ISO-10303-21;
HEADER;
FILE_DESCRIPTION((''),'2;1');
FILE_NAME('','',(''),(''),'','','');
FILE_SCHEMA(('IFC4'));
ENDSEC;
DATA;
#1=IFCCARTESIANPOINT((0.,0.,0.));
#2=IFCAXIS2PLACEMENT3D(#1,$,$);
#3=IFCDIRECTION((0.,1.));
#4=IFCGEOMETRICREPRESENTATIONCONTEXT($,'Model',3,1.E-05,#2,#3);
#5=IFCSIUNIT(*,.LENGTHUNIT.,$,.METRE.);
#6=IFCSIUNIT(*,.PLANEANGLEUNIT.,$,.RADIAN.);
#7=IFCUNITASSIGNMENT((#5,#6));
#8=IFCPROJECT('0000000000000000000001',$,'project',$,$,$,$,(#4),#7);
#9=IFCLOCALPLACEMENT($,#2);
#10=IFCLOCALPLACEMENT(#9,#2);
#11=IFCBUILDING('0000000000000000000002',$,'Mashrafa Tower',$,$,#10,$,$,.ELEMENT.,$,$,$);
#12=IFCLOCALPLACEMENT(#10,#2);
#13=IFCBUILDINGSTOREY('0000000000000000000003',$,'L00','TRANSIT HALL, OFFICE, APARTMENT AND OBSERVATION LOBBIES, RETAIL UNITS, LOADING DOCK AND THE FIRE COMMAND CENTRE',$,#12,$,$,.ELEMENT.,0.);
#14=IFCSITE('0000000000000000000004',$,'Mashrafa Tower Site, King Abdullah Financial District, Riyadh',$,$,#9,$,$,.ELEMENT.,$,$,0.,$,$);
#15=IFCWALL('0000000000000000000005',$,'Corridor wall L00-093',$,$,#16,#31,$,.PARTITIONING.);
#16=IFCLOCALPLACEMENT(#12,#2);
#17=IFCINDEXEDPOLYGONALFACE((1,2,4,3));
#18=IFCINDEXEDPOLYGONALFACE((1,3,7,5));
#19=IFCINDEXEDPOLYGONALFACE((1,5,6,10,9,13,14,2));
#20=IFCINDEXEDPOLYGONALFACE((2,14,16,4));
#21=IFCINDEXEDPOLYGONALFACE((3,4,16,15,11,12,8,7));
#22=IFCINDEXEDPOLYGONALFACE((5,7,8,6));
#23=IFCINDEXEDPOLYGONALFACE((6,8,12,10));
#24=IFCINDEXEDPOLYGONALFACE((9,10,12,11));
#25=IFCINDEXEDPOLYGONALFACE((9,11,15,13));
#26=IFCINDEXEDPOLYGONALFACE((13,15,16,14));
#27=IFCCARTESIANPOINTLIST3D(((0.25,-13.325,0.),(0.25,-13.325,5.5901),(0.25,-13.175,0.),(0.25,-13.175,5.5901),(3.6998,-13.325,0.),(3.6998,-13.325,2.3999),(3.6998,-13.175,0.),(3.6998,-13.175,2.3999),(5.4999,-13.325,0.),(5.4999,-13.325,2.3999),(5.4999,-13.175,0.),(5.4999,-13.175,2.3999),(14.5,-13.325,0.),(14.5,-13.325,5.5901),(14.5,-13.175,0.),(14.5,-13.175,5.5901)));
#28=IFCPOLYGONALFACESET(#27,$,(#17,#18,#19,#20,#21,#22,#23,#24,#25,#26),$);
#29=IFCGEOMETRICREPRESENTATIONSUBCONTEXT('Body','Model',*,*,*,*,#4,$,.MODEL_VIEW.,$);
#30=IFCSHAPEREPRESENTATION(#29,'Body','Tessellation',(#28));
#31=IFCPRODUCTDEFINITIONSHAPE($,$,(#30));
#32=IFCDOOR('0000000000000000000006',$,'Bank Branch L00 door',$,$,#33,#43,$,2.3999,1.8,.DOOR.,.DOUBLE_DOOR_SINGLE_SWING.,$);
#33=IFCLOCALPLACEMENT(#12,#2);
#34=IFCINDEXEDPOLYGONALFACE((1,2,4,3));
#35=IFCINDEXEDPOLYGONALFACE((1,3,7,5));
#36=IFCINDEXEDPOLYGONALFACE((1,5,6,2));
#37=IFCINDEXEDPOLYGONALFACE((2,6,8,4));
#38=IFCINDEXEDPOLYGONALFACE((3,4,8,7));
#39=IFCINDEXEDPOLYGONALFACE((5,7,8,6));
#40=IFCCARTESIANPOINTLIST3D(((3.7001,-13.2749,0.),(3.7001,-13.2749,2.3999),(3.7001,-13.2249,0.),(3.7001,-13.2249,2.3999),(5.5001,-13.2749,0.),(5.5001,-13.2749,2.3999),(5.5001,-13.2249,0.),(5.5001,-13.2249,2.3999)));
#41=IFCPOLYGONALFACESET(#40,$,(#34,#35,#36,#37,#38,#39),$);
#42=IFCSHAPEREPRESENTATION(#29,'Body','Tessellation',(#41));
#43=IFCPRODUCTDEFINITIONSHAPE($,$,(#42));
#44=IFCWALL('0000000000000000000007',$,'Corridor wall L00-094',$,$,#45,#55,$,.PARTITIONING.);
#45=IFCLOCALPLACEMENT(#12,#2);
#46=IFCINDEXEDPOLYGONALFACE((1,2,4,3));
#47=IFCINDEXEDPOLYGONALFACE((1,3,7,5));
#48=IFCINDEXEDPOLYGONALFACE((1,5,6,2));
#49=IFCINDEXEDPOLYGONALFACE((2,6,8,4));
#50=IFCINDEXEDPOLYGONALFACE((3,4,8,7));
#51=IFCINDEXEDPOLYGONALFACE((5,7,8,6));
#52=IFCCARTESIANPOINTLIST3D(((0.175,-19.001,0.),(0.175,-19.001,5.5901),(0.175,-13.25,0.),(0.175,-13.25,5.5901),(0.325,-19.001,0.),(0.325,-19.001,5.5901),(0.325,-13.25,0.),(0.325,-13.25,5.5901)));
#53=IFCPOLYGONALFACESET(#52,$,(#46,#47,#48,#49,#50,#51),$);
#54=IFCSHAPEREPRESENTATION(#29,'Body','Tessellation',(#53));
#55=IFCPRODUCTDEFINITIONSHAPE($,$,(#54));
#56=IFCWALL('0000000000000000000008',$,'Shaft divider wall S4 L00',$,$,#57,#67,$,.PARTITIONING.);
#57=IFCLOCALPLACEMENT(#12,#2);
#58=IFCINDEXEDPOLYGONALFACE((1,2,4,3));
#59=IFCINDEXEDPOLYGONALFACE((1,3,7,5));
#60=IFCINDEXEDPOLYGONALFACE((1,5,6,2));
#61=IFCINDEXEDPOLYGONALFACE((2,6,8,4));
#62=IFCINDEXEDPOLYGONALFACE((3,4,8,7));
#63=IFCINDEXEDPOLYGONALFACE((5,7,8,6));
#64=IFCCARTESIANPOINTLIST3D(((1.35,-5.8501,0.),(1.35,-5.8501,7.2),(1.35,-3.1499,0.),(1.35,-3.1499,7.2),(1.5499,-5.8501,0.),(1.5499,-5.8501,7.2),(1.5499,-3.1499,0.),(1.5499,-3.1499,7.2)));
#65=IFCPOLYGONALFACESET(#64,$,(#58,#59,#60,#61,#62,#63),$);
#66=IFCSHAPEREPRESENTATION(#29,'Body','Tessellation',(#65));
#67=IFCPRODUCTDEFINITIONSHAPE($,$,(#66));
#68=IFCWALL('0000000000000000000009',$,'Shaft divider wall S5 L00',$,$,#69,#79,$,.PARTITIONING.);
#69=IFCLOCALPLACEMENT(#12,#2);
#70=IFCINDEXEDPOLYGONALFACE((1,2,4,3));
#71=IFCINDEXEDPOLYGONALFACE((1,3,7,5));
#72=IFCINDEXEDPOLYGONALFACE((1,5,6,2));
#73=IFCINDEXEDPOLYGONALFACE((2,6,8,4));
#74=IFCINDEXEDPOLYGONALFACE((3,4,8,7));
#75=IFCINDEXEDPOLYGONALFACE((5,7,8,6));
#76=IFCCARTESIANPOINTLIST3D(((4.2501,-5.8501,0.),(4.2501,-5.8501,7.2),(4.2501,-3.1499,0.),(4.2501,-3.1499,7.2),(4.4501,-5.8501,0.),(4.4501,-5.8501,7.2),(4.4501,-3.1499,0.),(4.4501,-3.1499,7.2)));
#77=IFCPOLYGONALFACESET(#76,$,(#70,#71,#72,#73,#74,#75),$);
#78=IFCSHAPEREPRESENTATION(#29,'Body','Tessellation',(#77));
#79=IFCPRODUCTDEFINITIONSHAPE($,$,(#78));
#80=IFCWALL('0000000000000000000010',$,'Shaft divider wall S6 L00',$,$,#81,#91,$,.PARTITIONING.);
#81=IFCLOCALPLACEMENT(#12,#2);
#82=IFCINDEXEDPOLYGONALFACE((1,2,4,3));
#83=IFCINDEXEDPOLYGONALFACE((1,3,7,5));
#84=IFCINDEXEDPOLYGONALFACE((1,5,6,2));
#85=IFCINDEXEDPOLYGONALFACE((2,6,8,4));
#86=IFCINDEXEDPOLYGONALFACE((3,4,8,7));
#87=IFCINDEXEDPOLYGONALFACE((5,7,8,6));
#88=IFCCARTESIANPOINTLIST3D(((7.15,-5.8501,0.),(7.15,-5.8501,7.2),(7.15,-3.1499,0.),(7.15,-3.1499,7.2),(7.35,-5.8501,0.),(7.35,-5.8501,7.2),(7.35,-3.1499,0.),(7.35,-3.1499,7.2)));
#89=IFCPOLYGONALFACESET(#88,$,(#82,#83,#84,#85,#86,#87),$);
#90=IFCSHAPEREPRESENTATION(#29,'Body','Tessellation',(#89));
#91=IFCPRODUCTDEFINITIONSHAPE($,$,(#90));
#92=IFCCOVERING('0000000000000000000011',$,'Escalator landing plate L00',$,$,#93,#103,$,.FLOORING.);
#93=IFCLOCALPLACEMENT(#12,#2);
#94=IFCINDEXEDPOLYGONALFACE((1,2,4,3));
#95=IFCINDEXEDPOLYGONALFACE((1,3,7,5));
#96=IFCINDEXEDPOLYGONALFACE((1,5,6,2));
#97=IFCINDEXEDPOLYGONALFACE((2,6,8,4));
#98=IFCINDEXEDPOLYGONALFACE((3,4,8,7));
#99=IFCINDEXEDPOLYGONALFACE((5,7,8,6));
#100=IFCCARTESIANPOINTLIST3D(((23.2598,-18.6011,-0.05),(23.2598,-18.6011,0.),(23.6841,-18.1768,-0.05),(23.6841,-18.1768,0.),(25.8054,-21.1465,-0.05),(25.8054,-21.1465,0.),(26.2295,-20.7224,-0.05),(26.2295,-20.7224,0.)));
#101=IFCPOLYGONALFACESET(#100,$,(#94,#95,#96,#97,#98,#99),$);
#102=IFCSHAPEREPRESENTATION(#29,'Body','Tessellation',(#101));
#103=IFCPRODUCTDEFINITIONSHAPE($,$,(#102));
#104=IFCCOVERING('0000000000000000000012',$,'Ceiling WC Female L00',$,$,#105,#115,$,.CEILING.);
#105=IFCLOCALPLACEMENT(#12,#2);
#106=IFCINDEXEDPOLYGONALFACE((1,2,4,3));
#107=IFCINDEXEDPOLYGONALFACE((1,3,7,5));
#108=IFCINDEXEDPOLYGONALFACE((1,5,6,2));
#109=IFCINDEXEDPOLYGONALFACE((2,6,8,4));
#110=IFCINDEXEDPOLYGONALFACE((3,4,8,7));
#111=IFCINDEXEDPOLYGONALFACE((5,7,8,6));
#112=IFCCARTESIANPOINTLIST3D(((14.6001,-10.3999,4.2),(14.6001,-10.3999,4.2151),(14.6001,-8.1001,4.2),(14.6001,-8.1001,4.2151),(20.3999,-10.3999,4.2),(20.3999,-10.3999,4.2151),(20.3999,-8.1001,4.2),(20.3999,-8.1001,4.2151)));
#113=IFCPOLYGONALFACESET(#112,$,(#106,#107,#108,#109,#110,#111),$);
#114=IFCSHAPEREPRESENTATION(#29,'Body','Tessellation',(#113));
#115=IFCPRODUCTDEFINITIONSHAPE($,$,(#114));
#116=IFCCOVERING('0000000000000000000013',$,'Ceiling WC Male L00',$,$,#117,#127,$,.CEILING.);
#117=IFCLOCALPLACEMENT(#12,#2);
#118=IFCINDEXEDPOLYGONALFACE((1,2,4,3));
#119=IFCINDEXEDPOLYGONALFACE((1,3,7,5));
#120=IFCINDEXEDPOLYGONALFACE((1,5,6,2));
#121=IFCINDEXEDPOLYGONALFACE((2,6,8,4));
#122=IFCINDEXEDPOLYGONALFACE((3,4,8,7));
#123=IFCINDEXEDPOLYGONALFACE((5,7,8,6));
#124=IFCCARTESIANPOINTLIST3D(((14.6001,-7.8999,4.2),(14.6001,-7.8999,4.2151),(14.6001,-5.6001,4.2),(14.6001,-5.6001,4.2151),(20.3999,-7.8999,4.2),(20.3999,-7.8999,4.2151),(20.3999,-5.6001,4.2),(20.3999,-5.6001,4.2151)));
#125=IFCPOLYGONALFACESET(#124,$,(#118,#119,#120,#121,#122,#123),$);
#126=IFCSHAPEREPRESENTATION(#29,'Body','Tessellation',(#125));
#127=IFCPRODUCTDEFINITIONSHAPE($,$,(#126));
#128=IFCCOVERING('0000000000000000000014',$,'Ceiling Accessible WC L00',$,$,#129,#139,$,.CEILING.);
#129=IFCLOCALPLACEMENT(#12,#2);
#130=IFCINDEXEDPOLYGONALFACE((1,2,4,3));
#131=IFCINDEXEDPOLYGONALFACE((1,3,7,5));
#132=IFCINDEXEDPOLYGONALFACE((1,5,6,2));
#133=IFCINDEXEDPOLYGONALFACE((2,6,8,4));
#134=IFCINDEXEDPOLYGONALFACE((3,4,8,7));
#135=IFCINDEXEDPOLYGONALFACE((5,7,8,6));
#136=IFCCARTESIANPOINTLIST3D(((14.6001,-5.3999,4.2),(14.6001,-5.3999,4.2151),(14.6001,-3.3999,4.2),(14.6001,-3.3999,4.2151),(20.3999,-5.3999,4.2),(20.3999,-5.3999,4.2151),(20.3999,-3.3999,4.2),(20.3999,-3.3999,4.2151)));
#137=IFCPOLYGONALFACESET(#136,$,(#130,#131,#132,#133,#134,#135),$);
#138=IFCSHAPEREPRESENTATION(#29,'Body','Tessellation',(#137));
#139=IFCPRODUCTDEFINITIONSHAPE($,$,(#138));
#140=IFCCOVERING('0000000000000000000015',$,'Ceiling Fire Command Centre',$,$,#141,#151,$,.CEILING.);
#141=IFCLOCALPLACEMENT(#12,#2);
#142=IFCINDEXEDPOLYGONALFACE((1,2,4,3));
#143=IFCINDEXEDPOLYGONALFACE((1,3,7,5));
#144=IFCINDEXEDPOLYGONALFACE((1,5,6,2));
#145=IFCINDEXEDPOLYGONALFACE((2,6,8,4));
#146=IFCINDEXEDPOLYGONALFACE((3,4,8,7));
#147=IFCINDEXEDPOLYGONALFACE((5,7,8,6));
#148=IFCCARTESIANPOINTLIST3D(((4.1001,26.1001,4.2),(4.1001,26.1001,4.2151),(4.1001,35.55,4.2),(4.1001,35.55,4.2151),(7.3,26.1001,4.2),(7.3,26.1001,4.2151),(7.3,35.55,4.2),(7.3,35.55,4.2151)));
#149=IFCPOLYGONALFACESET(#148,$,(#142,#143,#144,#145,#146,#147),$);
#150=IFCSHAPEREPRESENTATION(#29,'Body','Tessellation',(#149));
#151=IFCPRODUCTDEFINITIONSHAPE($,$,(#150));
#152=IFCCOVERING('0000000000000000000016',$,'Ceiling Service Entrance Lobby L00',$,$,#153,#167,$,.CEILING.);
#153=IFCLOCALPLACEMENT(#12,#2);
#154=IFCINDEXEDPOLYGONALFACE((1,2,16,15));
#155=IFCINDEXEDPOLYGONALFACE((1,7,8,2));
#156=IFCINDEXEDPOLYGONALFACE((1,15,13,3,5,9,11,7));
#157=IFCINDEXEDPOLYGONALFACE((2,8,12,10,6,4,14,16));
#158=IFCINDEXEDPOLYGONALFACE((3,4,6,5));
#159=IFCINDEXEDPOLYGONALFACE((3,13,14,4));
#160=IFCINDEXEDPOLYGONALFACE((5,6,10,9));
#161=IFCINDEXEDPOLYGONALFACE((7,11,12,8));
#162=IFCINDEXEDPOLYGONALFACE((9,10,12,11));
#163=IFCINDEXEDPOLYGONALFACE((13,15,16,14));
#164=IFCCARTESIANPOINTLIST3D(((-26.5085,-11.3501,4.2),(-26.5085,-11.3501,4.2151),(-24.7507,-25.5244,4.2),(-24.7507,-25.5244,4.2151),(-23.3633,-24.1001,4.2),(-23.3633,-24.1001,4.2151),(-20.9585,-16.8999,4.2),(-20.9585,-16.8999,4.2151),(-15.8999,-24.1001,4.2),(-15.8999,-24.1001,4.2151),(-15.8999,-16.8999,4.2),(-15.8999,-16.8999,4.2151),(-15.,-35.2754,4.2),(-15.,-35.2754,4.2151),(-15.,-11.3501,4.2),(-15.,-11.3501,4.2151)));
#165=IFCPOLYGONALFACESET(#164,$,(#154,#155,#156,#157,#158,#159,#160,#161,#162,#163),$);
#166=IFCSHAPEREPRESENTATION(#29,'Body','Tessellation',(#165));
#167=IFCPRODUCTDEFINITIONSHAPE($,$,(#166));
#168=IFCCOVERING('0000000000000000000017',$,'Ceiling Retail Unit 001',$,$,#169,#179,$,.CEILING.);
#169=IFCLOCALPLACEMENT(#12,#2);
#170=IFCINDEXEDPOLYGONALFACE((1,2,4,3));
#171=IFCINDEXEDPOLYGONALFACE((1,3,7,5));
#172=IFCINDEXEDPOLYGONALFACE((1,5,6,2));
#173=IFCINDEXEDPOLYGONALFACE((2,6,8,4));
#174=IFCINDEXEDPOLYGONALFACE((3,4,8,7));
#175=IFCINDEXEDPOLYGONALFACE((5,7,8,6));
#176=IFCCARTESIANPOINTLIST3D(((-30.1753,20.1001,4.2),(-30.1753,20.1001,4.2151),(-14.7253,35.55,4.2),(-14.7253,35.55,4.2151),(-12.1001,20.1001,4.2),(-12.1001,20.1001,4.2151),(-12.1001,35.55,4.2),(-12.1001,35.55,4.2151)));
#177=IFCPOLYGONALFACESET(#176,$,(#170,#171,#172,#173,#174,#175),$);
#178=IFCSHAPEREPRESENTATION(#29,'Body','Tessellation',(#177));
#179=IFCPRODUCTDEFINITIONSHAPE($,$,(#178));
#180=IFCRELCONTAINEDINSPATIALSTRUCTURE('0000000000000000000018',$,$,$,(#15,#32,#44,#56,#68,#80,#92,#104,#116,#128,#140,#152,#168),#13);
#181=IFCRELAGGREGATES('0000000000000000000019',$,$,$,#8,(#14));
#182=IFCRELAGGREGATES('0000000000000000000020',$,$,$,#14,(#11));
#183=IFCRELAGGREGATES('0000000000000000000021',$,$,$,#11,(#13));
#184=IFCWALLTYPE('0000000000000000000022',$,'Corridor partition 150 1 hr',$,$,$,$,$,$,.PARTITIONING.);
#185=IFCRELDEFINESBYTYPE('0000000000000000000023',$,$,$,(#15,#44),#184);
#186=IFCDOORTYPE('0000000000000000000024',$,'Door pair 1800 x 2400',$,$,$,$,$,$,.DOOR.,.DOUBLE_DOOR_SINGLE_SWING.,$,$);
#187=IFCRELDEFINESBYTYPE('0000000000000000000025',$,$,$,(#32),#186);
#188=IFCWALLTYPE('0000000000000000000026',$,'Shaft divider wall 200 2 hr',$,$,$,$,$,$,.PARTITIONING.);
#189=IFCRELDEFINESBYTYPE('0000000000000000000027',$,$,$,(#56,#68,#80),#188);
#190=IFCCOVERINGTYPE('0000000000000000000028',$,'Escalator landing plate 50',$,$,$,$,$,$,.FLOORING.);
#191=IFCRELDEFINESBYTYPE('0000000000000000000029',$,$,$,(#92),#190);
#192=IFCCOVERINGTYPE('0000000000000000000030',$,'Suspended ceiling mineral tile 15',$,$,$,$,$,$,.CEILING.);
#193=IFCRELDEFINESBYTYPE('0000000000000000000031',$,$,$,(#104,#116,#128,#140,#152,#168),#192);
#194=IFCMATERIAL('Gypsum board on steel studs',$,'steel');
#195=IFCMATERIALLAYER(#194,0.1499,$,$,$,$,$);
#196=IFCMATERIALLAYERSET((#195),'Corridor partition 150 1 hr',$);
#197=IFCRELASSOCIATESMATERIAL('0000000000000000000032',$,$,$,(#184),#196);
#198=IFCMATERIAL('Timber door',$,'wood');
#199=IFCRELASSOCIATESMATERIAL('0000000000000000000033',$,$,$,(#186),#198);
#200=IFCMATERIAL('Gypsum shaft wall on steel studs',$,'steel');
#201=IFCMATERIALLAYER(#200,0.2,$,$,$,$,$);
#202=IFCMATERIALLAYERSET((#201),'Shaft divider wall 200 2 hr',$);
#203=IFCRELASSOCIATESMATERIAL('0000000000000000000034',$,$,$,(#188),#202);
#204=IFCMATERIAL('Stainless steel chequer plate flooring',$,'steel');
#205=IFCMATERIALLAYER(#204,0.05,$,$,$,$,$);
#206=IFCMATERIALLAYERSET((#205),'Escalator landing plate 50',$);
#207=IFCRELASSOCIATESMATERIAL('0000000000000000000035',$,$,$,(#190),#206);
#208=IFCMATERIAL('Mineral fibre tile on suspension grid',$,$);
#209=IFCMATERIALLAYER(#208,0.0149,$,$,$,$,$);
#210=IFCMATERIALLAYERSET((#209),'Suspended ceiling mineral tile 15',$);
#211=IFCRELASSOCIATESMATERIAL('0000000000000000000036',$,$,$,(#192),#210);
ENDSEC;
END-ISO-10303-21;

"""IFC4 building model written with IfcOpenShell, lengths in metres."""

from ifc_helpers import new_model, si_unit, direction, frame, frame_2d, origin, place, context, subcontext, project, spatial, polyline, rectangle, outline, extrude, material, layer, layer_set, type_object, element, fill, save


model = new_model("IFC4")

# Units and contexts
model_context = context("Model", 3, precision=1e-05, world=origin(), true_north=direction((0.0, 1.0)))
body_context = subcontext(model_context, "Body", "Model", "MODEL_VIEW")
ifc_project = project(units=[si_unit("LENGTHUNIT", "METRE"), si_unit("PLANEANGLEUNIT", "RADIAN")], contexts=[model_context])

# Site, building, storey
site_placement = place(None, origin())
site = spatial("IfcSite", under=ifc_project, at=site_placement, Name="Mashrafa Tower Site, King Abdullah Financial District, Riyadh", CompositionType="ELEMENT", RefElevation=0.0)
building_placement = place(site_placement, origin())
building = spatial("IfcBuilding", under=site, at=building_placement, Name="Mashrafa Tower", CompositionType="ELEMENT")
storey_placement = place(building_placement, origin())
storey = spatial("IfcBuildingStorey", under=building, at=storey_placement, Name="L00", Description="TRANSIT HALL, OFFICE, APARTMENT AND OBSERVATION LOBBIES, RETAIL UNITS, LOADING DOCK AND THE FIRE COMMAND CENTRE", CompositionType="ELEMENT", Elevation=0.0)

# Wall, opening, door
ifc_material_1 = material(Name="Gypsum board on steel studs", Category="steel")
ifc_layer_1 = layer(ifc_material_1, 0.1499)
ifc_layer_set_1 = layer_set([ifc_layer_1], Name="Corridor partition 150 1 hr")
wall_type_1 = type_object("IfcWallType", Name="Corridor partition 150 1 hr", PredefinedType="PARTITIONING", material=ifc_layer_set_1)
wall_1_placement = place(storey_placement, frame((0.25, -13.25, 0.0), z_axis=(0.0, 0.0, 1.0), x_axis=(1.0, 0.0, 0.0)))
wall_1 = element("IfcWall", 1, at=wall_1_placement, inside=storey, type_object=wall_type_1, Name="Corridor wall L00-093", PredefinedType="PARTITIONING", context=body_context, shape_type="SweptSolid", body=[
    extrude(rectangle(XDim=14.25, YDim=0.1499, at=frame_2d((7.125, 0.0))), origin(), (0.0, 0.0, 1.0), 5.5901),
])
opening_1_placement = place(wall_1_placement, frame((3.45, 0.0, 0.0)))
opening_1 = element("IfcOpeningElement", 2, at=opening_1_placement, cuts=wall_1, PredefinedType="OPENING", context=body_context, shape_type="SweptSolid", body=[
    extrude(rectangle(XDim=1.8, YDim=2.3999, at=frame_2d((0.8999, 1.2))), frame((0.0, 0.085, 0.0), z_axis=(0.0, -1.0, 0.0), x_axis=(1.0, 0.0, 0.0)), (0.0, 0.0, 1.0), 0.1699),
])
ifc_material_2 = material(Name="Timber door", Category="wood")
door_type_1 = type_object("IfcDoorType", Name="Door pair 1800 x 2400", OperationType="DOUBLE_DOOR_SINGLE_SWING", PredefinedType="DOOR", material=ifc_material_2)
door_1_placement = place(opening_1_placement, frame((1.8, 0.0, 0.0), z_axis=(0.0, 0.0, 1.0), x_axis=(-1.0, 0.0, 0.0)))
door_1 = element("IfcDoor", 3, at=door_1_placement, inside=storey, type_object=door_type_1, Name="Bank Branch L00 door", OperationType="DOUBLE_DOOR_SINGLE_SWING", OverallHeight=2.3999, OverallWidth=1.8, PredefinedType="DOOR", context=body_context, shape_type="SweptSolid", body=[
    extrude(rectangle(XDim=1.8, YDim=2.3999, at=frame_2d((0.8999, 1.2))), frame((0.0, 0.0249, 0.0), z_axis=(0.0, -1.0, 0.0), x_axis=(1.0, 0.0, 0.0)), (0.0, 0.0, 1.0), 0.05),
])
fill(opening_1, door_1)

# Walls
wall_2_placement = place(storey_placement, frame((0.25, -13.25, 0.0), z_axis=(0.0, 0.0, 1.0), x_axis=(0.0, -1.0, 0.0)))
element("IfcWall", 4, at=wall_2_placement, inside=storey, type_object=wall_type_1, Name="Corridor wall L00-094", PredefinedType="PARTITIONING", context=body_context, shape_type="SweptSolid", body=[
    extrude(rectangle(XDim=5.751, YDim=0.1499, at=frame_2d((2.8755, 0.0))), origin(), (0.0, 0.0, 1.0), 5.5901),
])
ifc_material_3 = material(Name="Gypsum shaft wall on steel studs", Category="steel")
ifc_layer_2 = layer(ifc_material_3, 0.2)
ifc_layer_set_2 = layer_set([ifc_layer_2], Name="Shaft divider wall 200 2 hr")
wall_type_2 = type_object("IfcWallType", Name="Shaft divider wall 200 2 hr", PredefinedType="PARTITIONING", material=ifc_layer_set_2)
for number, where, z_axis, x_axis, name in (
    (5, (1.45, -5.8501, 0.0), (0.0, 0.0, 1.0), (0.0, 1.0, 0.0), "Shaft divider wall S4 L00"),
    (6, (4.3501, -5.8501, 0.0), (0.0, 0.0, 1.0), (0.0, 1.0, 0.0), "Shaft divider wall S5 L00"),
    (7, (7.25, -5.8501, 0.0), (0.0, 0.0, 1.0), (0.0, 1.0, 0.0), "Shaft divider wall S6 L00"),
):
    element("IfcWall", number, at=place(storey_placement, frame(where, z_axis=z_axis, x_axis=x_axis)), inside=storey, type_object=wall_type_2, Name=name, PredefinedType="PARTITIONING", context=body_context, shape_type="SweptSolid", body=[
        extrude(rectangle(XDim=2.7002, YDim=0.2, at=frame_2d((1.3501, 0.0))), origin(), (0.0, 0.0, 1.0), 7.2),
    ])

# Coverings
ifc_material_4 = material(Name="Stainless steel chequer plate flooring", Category="steel")
ifc_layer_3 = layer(ifc_material_4, 0.05)
ifc_layer_set_3 = layer_set([ifc_layer_3], Name="Escalator landing plate 50")
covering_type_1 = type_object("IfcCoveringType", Name="Escalator landing plate 50", PredefinedType="FLOORING", material=ifc_layer_set_3)
covering_1_placement = place(storey_placement, frame((0.0, 0.0, -0.05)))
element("IfcCovering", 8, at=covering_1_placement, inside=storey, type_object=covering_type_1, Name="Escalator landing plate L00", PredefinedType="FLOORING", context=body_context, shape_type="SweptSolid", body=[
    extrude(outline(polyline([(23.2598, -18.6011), (25.8054, -21.1465), (26.2295, -20.7224), (23.6841, -18.1768), (23.2598, -18.6011)])), origin(), (0.0, 0.0, 1.0), 0.05),
])
ifc_material_5 = material(Name="Mineral fibre tile on suspension grid")
ifc_layer_4 = layer(ifc_material_5, 0.0149)
ifc_layer_set_4 = layer_set([ifc_layer_4], Name="Suspended ceiling mineral tile 15")
covering_type_2 = type_object("IfcCoveringType", Name="Suspended ceiling mineral tile 15", PredefinedType="CEILING", material=ifc_layer_set_4)
covering_2_placement = place(storey_placement, frame((0.0, 0.0, 4.2)))
element("IfcCovering", 9, at=covering_2_placement, inside=storey, type_object=covering_type_2, Name="Ceiling WC Female L00", PredefinedType="CEILING", context=body_context, shape_type="SweptSolid", body=[
    extrude(outline(polyline([(14.6001, -8.1001), (20.3999, -8.1001), (20.3999, -10.3999), (14.6001, -10.3999), (14.6001, -8.1001)])), origin(), (0.0, 0.0, 1.0), 0.0151),
])
covering_3_placement = place(storey_placement, frame((0.0, 0.0, 4.2)))
element("IfcCovering", 10, at=covering_3_placement, inside=storey, type_object=covering_type_2, Name="Ceiling WC Male L00", PredefinedType="CEILING", context=body_context, shape_type="SweptSolid", body=[
    extrude(outline(polyline([(14.6001, -5.6001), (20.3999, -5.6001), (20.3999, -7.8999), (14.6001, -7.8999), (14.6001, -5.6001)])), origin(), (0.0, 0.0, 1.0), 0.0151),
])
covering_4_placement = place(storey_placement, frame((0.0, 0.0, 4.2)))
element("IfcCovering", 11, at=covering_4_placement, inside=storey, type_object=covering_type_2, Name="Ceiling Accessible WC L00", PredefinedType="CEILING", context=body_context, shape_type="SweptSolid", body=[
    extrude(outline(polyline([(14.6001, -3.3999), (20.3999, -3.3999), (20.3999, -5.3999), (14.6001, -5.3999), (14.6001, -3.3999)])), origin(), (0.0, 0.0, 1.0), 0.0151),
])
covering_5_placement = place(storey_placement, frame((0.0, 0.0, 4.2)))
element("IfcCovering", 12, at=covering_5_placement, inside=storey, type_object=covering_type_2, Name="Ceiling Fire Command Centre", PredefinedType="CEILING", context=body_context, shape_type="SweptSolid", body=[
    extrude(outline(polyline([(4.1001, 26.1001), (4.1001, 35.55), (7.3, 35.55), (7.3, 26.1001), (4.1001, 26.1001)])), origin(), (0.0, 0.0, 1.0), 0.0151),
])
covering_6_placement = place(storey_placement, frame((0.0, 0.0, 4.2)))
element("IfcCovering", 13, at=covering_6_placement, inside=storey, type_object=covering_type_2, Name="Ceiling Service Entrance Lobby L00", PredefinedType="CEILING", context=body_context, shape_type="SweptSolid", body=[
    extrude(outline(polyline([(-15.0, -35.2754), (-24.7507, -25.5244), (-23.3633, -24.1001), (-15.8999, -24.1001), (-15.8999, -16.8999), (-20.9585, -16.8999), (-26.5085, -11.3501), (-15.0, -11.3501), (-15.0, -35.2754)])), origin(), (0.0, 0.0, 1.0), 0.0151),
])
covering_7_placement = place(storey_placement, frame((0.0, 0.0, 4.2)))
element("IfcCovering", 14, at=covering_7_placement, inside=storey, type_object=covering_type_2, Name="Ceiling Retail Unit 001", PredefinedType="CEILING", context=body_context, shape_type="SweptSolid", body=[
    extrude(outline(polyline([(-30.1753, 20.1001), (-14.7253, 35.55), (-12.1001, 35.55), (-12.1001, 20.1001), (-30.1753, 20.1001)])), origin(), (0.0, 0.0, 1.0), 0.0151),
])

save(model, "model.ifc")
